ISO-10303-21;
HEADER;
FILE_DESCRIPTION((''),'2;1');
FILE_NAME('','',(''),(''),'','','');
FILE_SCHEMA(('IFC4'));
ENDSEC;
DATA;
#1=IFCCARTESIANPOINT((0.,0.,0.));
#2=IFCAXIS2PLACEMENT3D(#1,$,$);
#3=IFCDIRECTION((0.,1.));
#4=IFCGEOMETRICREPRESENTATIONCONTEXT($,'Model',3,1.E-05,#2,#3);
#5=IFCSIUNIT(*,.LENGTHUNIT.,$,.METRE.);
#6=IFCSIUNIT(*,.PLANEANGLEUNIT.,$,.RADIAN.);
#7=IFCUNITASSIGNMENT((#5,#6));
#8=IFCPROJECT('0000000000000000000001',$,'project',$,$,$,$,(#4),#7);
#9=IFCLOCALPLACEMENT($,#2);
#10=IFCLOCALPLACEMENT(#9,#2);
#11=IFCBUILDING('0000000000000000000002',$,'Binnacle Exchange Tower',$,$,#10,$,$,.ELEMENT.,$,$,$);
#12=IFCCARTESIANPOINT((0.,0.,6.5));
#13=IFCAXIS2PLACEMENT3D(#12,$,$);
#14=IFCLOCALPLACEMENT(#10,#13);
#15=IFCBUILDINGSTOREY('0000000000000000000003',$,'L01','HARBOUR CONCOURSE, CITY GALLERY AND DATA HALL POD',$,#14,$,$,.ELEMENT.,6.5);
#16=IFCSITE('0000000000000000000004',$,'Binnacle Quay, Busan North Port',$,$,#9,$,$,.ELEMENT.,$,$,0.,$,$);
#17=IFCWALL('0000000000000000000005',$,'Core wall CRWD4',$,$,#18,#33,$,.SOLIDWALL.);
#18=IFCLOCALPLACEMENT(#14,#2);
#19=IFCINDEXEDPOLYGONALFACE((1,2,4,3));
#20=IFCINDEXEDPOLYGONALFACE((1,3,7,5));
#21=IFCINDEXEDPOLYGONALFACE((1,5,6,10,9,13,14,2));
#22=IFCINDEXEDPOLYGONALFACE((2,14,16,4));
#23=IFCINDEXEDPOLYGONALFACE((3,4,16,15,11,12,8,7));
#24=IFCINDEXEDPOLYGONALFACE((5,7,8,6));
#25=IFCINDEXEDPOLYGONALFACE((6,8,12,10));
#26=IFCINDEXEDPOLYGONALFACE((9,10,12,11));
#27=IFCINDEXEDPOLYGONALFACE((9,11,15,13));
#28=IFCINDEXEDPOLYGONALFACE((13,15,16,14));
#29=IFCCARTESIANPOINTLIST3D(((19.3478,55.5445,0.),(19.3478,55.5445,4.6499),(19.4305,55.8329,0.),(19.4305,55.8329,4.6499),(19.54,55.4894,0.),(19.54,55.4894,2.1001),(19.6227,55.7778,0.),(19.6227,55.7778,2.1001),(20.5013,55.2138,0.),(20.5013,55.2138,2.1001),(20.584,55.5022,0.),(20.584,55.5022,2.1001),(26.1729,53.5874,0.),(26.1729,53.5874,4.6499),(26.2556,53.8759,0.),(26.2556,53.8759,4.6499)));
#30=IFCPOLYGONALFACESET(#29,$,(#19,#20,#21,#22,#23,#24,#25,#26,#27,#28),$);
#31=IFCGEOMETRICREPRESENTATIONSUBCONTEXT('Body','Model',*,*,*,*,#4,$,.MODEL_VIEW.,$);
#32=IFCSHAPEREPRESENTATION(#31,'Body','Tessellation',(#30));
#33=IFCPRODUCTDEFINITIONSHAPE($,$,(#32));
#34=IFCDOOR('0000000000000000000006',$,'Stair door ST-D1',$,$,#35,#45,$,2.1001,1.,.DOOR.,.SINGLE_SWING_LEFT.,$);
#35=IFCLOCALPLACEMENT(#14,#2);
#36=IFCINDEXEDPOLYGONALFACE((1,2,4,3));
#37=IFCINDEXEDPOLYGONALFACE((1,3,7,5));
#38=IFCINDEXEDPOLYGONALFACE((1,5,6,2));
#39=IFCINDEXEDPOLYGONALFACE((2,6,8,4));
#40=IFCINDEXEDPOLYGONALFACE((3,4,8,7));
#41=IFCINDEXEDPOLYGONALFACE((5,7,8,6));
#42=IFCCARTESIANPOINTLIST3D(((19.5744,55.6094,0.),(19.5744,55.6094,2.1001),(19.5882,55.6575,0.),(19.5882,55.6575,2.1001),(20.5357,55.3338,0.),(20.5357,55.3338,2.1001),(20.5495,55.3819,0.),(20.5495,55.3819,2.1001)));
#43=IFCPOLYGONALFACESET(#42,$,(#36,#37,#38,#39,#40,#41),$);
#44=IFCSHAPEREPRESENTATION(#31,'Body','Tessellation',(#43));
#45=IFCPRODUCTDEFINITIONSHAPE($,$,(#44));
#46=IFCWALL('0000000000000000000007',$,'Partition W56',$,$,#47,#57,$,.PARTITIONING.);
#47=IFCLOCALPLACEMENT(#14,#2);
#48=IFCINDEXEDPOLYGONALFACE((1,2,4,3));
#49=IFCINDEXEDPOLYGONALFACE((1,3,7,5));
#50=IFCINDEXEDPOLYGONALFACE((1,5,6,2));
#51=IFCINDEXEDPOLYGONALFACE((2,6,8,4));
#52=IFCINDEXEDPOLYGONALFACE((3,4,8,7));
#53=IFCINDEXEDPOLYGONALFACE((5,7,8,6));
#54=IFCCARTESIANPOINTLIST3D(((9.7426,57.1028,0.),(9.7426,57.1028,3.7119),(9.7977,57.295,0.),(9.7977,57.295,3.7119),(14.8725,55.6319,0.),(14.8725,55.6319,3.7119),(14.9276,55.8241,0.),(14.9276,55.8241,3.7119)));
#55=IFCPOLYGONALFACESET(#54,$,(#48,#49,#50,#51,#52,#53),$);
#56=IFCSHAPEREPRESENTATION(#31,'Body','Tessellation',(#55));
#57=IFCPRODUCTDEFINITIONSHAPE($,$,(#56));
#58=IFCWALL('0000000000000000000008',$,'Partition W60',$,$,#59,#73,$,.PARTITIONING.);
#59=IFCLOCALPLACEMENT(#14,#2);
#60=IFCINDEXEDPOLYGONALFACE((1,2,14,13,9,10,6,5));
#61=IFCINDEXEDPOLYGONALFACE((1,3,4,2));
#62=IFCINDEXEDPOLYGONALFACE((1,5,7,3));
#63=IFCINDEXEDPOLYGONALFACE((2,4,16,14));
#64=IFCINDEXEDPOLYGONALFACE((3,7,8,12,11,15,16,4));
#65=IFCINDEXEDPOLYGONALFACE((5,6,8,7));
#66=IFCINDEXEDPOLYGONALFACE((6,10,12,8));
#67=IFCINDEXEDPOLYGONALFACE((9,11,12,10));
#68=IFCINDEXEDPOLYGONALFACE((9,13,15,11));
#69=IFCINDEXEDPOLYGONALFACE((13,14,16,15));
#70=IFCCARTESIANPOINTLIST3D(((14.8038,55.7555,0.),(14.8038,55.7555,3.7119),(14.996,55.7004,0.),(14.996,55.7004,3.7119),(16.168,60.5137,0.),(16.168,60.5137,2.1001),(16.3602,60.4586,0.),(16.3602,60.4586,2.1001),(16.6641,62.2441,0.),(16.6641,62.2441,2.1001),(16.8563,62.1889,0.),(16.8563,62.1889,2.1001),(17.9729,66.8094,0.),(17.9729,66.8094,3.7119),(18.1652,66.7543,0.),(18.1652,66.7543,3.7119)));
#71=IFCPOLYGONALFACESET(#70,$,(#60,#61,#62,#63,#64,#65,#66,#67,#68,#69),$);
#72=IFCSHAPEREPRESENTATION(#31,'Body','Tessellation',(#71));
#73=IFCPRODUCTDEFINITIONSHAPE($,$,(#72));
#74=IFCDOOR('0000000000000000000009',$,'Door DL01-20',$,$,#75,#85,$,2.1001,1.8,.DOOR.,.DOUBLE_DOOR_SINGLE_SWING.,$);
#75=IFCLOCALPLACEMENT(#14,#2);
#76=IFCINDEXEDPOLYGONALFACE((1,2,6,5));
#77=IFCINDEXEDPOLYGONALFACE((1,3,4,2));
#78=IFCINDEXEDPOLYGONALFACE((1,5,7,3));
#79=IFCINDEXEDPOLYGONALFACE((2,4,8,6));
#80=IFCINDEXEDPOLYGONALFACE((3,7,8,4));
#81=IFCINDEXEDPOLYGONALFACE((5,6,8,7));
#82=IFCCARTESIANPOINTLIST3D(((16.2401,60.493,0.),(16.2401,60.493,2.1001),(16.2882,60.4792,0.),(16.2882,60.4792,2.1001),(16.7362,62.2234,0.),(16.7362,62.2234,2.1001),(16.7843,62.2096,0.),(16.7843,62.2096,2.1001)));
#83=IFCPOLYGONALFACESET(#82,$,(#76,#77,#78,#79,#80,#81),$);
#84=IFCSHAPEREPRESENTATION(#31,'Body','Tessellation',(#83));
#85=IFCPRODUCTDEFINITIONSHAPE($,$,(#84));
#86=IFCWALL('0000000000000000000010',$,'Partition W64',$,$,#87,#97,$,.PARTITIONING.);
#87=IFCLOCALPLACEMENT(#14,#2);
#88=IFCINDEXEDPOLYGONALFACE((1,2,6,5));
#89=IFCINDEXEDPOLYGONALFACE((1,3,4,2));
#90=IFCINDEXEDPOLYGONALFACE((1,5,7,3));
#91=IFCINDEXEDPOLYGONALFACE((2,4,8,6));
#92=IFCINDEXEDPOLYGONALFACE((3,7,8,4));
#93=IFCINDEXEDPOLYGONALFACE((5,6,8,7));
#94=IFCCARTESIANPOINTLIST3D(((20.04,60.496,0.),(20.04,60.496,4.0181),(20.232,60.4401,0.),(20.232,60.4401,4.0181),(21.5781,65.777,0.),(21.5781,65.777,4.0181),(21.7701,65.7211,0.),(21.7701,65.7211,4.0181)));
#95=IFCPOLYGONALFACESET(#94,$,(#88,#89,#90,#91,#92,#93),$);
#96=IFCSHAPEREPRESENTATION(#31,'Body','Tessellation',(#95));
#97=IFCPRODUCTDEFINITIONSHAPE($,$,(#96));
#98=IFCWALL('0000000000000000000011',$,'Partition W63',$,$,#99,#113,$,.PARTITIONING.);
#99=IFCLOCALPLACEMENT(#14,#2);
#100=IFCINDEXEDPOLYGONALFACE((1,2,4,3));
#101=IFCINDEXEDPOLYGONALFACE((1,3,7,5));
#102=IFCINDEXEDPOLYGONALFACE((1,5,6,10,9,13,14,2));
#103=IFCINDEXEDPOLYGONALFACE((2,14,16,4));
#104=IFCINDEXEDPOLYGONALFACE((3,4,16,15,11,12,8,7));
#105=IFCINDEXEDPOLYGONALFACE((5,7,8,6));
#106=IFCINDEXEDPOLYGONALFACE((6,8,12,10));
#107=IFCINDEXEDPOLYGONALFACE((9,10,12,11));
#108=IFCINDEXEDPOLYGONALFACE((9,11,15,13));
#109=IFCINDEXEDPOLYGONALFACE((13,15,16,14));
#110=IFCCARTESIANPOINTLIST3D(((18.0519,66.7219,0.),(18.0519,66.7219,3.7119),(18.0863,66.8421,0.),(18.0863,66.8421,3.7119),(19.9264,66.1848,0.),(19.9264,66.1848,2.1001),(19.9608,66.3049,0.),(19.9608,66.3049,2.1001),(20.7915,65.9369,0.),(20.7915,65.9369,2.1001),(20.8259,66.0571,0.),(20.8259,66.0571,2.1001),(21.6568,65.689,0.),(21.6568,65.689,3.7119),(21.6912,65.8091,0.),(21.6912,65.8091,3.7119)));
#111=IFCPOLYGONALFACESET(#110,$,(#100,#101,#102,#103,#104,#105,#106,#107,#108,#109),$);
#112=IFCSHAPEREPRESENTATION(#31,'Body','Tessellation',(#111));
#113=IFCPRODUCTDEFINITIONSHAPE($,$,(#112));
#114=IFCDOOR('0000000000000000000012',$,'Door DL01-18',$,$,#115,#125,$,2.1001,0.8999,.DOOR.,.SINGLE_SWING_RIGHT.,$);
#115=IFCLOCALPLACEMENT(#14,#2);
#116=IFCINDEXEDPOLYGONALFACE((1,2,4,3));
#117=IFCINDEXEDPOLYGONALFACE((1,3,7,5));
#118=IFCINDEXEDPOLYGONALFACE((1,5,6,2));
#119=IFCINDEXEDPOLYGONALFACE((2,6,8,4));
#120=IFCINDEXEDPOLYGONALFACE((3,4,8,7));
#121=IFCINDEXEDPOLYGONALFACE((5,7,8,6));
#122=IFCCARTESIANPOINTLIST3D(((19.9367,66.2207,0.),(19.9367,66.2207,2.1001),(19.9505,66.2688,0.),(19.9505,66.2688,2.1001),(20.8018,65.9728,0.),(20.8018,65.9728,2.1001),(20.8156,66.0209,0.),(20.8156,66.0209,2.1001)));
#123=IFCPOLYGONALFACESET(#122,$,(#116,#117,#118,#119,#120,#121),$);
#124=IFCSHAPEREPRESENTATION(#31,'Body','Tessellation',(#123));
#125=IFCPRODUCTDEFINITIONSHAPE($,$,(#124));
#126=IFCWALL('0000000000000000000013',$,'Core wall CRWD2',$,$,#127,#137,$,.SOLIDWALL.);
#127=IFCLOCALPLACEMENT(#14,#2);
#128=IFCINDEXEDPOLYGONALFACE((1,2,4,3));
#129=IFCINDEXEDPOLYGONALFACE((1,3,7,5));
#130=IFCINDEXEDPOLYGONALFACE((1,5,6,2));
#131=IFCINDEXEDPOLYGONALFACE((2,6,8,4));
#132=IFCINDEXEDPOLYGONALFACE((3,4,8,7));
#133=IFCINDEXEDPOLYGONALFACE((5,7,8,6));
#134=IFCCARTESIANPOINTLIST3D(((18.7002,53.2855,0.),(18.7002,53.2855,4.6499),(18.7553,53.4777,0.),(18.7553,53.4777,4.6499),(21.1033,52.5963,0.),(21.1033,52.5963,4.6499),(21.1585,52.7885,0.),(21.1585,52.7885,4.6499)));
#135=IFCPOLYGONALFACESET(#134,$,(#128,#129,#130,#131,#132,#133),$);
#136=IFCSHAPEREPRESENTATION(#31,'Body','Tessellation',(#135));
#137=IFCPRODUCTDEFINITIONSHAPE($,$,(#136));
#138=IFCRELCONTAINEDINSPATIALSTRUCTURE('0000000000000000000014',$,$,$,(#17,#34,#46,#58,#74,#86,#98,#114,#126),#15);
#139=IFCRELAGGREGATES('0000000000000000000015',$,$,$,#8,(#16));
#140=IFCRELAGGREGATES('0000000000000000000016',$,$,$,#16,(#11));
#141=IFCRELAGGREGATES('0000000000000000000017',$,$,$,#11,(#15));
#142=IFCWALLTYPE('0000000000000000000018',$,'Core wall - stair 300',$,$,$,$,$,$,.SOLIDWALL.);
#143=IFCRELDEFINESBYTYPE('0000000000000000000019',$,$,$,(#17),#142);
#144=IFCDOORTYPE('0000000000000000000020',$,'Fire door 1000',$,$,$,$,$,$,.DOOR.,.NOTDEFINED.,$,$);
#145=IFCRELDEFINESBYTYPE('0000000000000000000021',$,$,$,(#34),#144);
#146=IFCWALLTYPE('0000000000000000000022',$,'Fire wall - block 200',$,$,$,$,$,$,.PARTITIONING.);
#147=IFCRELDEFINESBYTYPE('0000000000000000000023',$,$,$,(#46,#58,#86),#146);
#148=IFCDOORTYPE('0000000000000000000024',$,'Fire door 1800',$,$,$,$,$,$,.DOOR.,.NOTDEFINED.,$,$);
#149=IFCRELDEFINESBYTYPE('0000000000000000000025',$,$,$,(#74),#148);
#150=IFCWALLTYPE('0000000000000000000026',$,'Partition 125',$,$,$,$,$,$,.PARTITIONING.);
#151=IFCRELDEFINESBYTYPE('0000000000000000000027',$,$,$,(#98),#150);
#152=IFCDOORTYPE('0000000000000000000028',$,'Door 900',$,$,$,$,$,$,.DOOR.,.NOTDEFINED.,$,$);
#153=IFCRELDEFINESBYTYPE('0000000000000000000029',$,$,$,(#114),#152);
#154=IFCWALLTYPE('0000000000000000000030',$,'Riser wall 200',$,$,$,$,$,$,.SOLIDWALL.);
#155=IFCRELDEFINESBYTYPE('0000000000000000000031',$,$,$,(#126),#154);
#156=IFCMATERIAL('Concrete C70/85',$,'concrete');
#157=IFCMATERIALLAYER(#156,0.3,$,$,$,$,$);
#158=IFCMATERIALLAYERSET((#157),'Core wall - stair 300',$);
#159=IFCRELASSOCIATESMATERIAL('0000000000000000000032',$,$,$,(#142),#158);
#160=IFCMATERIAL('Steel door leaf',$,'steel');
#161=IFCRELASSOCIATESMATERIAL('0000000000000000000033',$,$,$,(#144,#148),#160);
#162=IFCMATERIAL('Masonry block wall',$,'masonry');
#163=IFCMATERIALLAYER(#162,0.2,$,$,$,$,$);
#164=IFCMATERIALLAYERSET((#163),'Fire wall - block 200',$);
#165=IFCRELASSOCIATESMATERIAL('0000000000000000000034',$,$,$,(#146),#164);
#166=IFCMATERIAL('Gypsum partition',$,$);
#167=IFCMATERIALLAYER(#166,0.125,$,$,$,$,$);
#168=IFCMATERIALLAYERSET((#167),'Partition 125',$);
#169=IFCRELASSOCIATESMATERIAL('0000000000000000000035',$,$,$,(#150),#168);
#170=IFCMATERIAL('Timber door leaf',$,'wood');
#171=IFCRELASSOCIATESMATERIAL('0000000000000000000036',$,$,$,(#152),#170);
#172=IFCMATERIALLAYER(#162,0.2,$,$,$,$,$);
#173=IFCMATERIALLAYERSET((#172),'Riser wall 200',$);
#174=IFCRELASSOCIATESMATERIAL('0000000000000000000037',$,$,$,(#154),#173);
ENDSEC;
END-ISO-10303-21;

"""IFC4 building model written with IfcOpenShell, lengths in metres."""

from ifc_helpers import new_model, si_unit, direction, frame, frame_2d, origin, place, context, subcontext, project, spatial, rectangle, extrude, material, layer, layer_set, type_object, element, fill, save


model = new_model("IFC4")

# Units and contexts
model_context = context("Model", 3, precision=1e-05, world=origin(), true_north=direction((0.0, 1.0)))
body_context = subcontext(model_context, "Body", "Model", "MODEL_VIEW")
ifc_project = project(units=[si_unit("LENGTHUNIT", "METRE"), si_unit("PLANEANGLEUNIT", "RADIAN")], contexts=[model_context])

# Site, building, storey
site_placement = place(None, origin())
site = spatial("IfcSite", under=ifc_project, at=site_placement, Name="Binnacle Quay, Busan North Port", CompositionType="ELEMENT", RefElevation=0.0)
building_placement = place(site_placement, origin())
building = spatial("IfcBuilding", under=site, at=building_placement, Name="Binnacle Exchange Tower", CompositionType="ELEMENT")
storey_placement = place(building_placement, frame((0.0, 0.0, 6.5)))
storey = spatial("IfcBuildingStorey", under=building, at=storey_placement, Name="L01", Description="HARBOUR CONCOURSE, CITY GALLERY AND DATA HALL POD", CompositionType="ELEMENT", Elevation=6.5)

# Shared definitions
ifc_material_1 = material(Name="Concrete C70/85", Category="concrete")

# Wall, opening, door
ifc_layer_1 = layer(ifc_material_1, 0.3)
ifc_layer_set_1 = layer_set([ifc_layer_1], Name="Core wall - stair 300")
wall_type_1 = type_object("IfcWallType", Name="Core wall - stair 300", PredefinedType="SOLIDWALL", material=ifc_layer_set_1)
wall_1_placement = place(storey_placement, frame((19.3892, 55.6887, 0.0), z_axis=(0.0, 0.0, 1.0), x_axis=(0.961261, -0.275638, 0.0)))
wall_1 = element("IfcWall", 1, at=wall_1_placement, inside=storey, type_object=wall_type_1, Name="Core wall CRWD4", PredefinedType="SOLIDWALL", context=body_context, shape_type="SweptSolid", body=[
    extrude(rectangle(XDim=7.1001, YDim=0.3, at=frame_2d((3.55, 0.0))), origin(), (0.0, 0.0, 1.0), 4.6499),
])
opening_1_placement = place(wall_1_placement, frame((0.2, 0.0, 0.0)))
opening_1 = element("IfcOpeningElement", 2, at=opening_1_placement, cuts=wall_1, PredefinedType="OPENING", context=body_context, shape_type="SweptSolid", body=[
    extrude(rectangle(XDim=1.0, YDim=2.1001, at=frame_2d((0.5, 1.05))), frame((0.0, 0.1599, 0.0), z_axis=(0.0, -1.0, 0.0), x_axis=(1.0, 0.0, 0.0)), (0.0, 0.0, 1.0), 0.3201),
])
ifc_material_2 = material(Name="Steel door leaf", Category="steel")
door_type_1 = type_object("IfcDoorType", Name="Fire door 1000", OperationType="NOTDEFINED", PredefinedType="DOOR", material=ifc_material_2)
door_1_placement = place(opening_1_placement, origin())
door_1 = element("IfcDoor", 3, at=door_1_placement, inside=storey, type_object=door_type_1, Name="Stair door ST-D1", OperationType="SINGLE_SWING_LEFT", OverallHeight=2.1001, OverallWidth=1.0, PredefinedType="DOOR", context=body_context, shape_type="SweptSolid", body=[
    extrude(rectangle(XDim=1.0, YDim=2.1001, at=frame_2d((0.5, 1.05))), frame((0.0, 0.0249, 0.0), z_axis=(0.0, -1.0, 0.0), x_axis=(1.0, 0.0, 0.0)), (0.0, 0.0, 1.0), 0.05),
])
fill(opening_1, door_1)

# Wall
ifc_material_3 = material(Name="Masonry block wall", Category="masonry")
ifc_layer_2 = layer(ifc_material_3, 0.2)
ifc_layer_set_2 = layer_set([ifc_layer_2], Name="Fire wall - block 200")
wall_type_2 = type_object("IfcWallType", Name="Fire wall - block 200", PredefinedType="PARTITIONING", material=ifc_layer_set_2)
wall_2_placement = place(storey_placement, frame((9.77, 57.199, 0.0), z_axis=(0.0, 0.0, 1.0), x_axis=(0.961263, -0.275633, 0.0)))
element("IfcWall", 4, at=wall_2_placement, inside=storey, type_object=wall_type_2, Name="Partition W56", PredefinedType="PARTITIONING", context=body_context, shape_type="SweptSolid", body=[
    extrude(rectangle(XDim=5.3367, YDim=0.2, at=frame_2d((2.6685, 0.0))), origin(), (0.0, 0.0, 1.0), 3.7119),
])

# Wall, opening, door
wall_3_placement = place(storey_placement, frame((14.8999, 55.728, 0.0), z_axis=(0.0, 0.0, 1.0), x_axis=(0.275599, 0.961273, 0.0)))
wall_3 = element("IfcWall", 5, at=wall_3_placement, inside=storey, type_object=wall_type_2, Name="Partition W60", PredefinedType="PARTITIONING", context=body_context, shape_type="SweptSolid", body=[
    extrude(rectangle(XDim=11.4993, YDim=0.2, at=frame_2d((5.7495, 0.0))), origin(), (0.0, 0.0, 1.0), 3.7119),
])
opening_2_placement = place(wall_3_placement, frame((4.95, 0.0, 0.0)))
opening_2 = element("IfcOpeningElement", 6, at=opening_2_placement, cuts=wall_3, PredefinedType="OPENING", context=body_context, shape_type="SweptSolid", body=[
    extrude(rectangle(XDim=1.8, YDim=2.1001, at=frame_2d((0.8999, 1.05))), frame((0.0, 0.1099, 0.0), z_axis=(0.0, -1.0, 0.0), x_axis=(1.0, 0.0, 0.0)), (0.0, 0.0, 1.0), 0.22),
])
door_type_2 = type_object("IfcDoorType", Name="Fire door 1800", OperationType="NOTDEFINED", PredefinedType="DOOR", material=ifc_material_2)
door_2_placement = place(opening_2_placement, origin())
door_2 = element("IfcDoor", 7, at=door_2_placement, inside=storey, type_object=door_type_2, Name="Door DL01-20", OperationType="DOUBLE_DOOR_SINGLE_SWING", OverallHeight=2.1001, OverallWidth=1.8, PredefinedType="DOOR", context=body_context, shape_type="SweptSolid", body=[
    extrude(rectangle(XDim=1.8, YDim=2.1001, at=frame_2d((0.8999, 1.05))), frame((0.0, 0.0249, 0.0), z_axis=(0.0, -1.0, 0.0), x_axis=(1.0, 0.0, 0.0)), (0.0, 0.0, 1.0), 0.05),
])
fill(opening_2, door_2)

# Wall
wall_4_placement = place(storey_placement, frame((20.136, 60.468, 0.0), z_axis=(0.0, 0.0, 1.0), x_axis=(0.27963, 0.960108, 0.0)))
element("IfcWall", 8, at=wall_4_placement, inside=storey, type_object=wall_type_2, Name="Partition W64", PredefinedType="PARTITIONING", context=body_context, shape_type="SweptSolid", body=[
    extrude(rectangle(XDim=5.5005, YDim=0.2, at=frame_2d((2.7502, 0.0))), origin(), (0.0, 0.0, 1.0), 4.0181),
])

# Wall, opening, door
ifc_material_4 = material(Name="Gypsum partition")
ifc_layer_3 = layer(ifc_material_4, 0.125)
ifc_layer_set_3 = layer_set([ifc_layer_3], Name="Partition 125")
wall_type_3 = type_object("IfcWallType", Name="Partition 125", PredefinedType="PARTITIONING", material=ifc_layer_set_3)
wall_5_placement = place(storey_placement, frame((18.0691, 66.782, 0.0), z_axis=(0.0, 0.0, 1.0), x_axis=(0.961315, -0.275452, 0.0)))
wall_5 = element("IfcWall", 9, at=wall_5_placement, inside=storey, type_object=wall_type_3, Name="Partition W63", PredefinedType="PARTITIONING", context=body_context, shape_type="SweptSolid", body=[
    extrude(rectangle(XDim=3.75, YDim=0.125, at=frame_2d((1.875, 0.0))), origin(), (0.0, 0.0, 1.0), 3.7119),
])
opening_3_placement = place(wall_5_placement, frame((1.95, 0.0, 0.0)))
opening_3 = element("IfcOpeningElement", 10, at=opening_3_placement, cuts=wall_5, PredefinedType="OPENING", context=body_context, shape_type="SweptSolid", body=[
    extrude(rectangle(XDim=0.8999, YDim=2.1001, at=frame_2d((0.45, 1.05))), frame((0.0, 0.0725, 0.0), z_axis=(0.0, -1.0, 0.0), x_axis=(1.0, 0.0, 0.0)), (0.0, 0.0, 1.0), 0.145),
])
ifc_material_5 = material(Name="Timber door leaf", Category="wood")
door_type_3 = type_object("IfcDoorType", Name="Door 900", OperationType="NOTDEFINED", PredefinedType="DOOR", material=ifc_material_5)
door_3_placement = place(opening_3_placement, origin())
door_3 = element("IfcDoor", 11, at=door_3_placement, inside=storey, type_object=door_type_3, Name="Door DL01-18", OperationType="SINGLE_SWING_RIGHT", OverallHeight=2.1001, OverallWidth=0.8999, PredefinedType="DOOR", context=body_context, shape_type="SweptSolid", body=[
    extrude(rectangle(XDim=0.8999, YDim=2.1001, at=frame_2d((0.45, 1.05))), frame((0.0, 0.0249, 0.0), z_axis=(0.0, -1.0, 0.0), x_axis=(1.0, 0.0, 0.0)), (0.0, 0.0, 1.0), 0.05),
])
fill(opening_3, door_3)

# Wall
ifc_layer_4 = layer(ifc_material_3, 0.2)
ifc_layer_set_4 = layer_set([ifc_layer_4], Name="Riser wall 200")
wall_type_4 = type_object("IfcWallType", Name="Riser wall 200", PredefinedType="SOLIDWALL", material=ifc_layer_set_4)
wall_6_placement = place(storey_placement, frame((18.7278, 53.3816, 0.0), z_axis=(0.0, 0.0, 1.0), x_axis=(0.961247, -0.275688, 0.0)))
element("IfcWall", 12, at=wall_6_placement, inside=storey, type_object=wall_type_4, Name="Core wall CRWD2", PredefinedType="SOLIDWALL", context=body_context, shape_type="SweptSolid", body=[
    extrude(rectangle(XDim=2.5, YDim=0.2, at=frame_2d((1.25, 0.0))), origin(), (0.0, 0.0, 1.0), 4.6499),
])

save(model, "model.ifc")
